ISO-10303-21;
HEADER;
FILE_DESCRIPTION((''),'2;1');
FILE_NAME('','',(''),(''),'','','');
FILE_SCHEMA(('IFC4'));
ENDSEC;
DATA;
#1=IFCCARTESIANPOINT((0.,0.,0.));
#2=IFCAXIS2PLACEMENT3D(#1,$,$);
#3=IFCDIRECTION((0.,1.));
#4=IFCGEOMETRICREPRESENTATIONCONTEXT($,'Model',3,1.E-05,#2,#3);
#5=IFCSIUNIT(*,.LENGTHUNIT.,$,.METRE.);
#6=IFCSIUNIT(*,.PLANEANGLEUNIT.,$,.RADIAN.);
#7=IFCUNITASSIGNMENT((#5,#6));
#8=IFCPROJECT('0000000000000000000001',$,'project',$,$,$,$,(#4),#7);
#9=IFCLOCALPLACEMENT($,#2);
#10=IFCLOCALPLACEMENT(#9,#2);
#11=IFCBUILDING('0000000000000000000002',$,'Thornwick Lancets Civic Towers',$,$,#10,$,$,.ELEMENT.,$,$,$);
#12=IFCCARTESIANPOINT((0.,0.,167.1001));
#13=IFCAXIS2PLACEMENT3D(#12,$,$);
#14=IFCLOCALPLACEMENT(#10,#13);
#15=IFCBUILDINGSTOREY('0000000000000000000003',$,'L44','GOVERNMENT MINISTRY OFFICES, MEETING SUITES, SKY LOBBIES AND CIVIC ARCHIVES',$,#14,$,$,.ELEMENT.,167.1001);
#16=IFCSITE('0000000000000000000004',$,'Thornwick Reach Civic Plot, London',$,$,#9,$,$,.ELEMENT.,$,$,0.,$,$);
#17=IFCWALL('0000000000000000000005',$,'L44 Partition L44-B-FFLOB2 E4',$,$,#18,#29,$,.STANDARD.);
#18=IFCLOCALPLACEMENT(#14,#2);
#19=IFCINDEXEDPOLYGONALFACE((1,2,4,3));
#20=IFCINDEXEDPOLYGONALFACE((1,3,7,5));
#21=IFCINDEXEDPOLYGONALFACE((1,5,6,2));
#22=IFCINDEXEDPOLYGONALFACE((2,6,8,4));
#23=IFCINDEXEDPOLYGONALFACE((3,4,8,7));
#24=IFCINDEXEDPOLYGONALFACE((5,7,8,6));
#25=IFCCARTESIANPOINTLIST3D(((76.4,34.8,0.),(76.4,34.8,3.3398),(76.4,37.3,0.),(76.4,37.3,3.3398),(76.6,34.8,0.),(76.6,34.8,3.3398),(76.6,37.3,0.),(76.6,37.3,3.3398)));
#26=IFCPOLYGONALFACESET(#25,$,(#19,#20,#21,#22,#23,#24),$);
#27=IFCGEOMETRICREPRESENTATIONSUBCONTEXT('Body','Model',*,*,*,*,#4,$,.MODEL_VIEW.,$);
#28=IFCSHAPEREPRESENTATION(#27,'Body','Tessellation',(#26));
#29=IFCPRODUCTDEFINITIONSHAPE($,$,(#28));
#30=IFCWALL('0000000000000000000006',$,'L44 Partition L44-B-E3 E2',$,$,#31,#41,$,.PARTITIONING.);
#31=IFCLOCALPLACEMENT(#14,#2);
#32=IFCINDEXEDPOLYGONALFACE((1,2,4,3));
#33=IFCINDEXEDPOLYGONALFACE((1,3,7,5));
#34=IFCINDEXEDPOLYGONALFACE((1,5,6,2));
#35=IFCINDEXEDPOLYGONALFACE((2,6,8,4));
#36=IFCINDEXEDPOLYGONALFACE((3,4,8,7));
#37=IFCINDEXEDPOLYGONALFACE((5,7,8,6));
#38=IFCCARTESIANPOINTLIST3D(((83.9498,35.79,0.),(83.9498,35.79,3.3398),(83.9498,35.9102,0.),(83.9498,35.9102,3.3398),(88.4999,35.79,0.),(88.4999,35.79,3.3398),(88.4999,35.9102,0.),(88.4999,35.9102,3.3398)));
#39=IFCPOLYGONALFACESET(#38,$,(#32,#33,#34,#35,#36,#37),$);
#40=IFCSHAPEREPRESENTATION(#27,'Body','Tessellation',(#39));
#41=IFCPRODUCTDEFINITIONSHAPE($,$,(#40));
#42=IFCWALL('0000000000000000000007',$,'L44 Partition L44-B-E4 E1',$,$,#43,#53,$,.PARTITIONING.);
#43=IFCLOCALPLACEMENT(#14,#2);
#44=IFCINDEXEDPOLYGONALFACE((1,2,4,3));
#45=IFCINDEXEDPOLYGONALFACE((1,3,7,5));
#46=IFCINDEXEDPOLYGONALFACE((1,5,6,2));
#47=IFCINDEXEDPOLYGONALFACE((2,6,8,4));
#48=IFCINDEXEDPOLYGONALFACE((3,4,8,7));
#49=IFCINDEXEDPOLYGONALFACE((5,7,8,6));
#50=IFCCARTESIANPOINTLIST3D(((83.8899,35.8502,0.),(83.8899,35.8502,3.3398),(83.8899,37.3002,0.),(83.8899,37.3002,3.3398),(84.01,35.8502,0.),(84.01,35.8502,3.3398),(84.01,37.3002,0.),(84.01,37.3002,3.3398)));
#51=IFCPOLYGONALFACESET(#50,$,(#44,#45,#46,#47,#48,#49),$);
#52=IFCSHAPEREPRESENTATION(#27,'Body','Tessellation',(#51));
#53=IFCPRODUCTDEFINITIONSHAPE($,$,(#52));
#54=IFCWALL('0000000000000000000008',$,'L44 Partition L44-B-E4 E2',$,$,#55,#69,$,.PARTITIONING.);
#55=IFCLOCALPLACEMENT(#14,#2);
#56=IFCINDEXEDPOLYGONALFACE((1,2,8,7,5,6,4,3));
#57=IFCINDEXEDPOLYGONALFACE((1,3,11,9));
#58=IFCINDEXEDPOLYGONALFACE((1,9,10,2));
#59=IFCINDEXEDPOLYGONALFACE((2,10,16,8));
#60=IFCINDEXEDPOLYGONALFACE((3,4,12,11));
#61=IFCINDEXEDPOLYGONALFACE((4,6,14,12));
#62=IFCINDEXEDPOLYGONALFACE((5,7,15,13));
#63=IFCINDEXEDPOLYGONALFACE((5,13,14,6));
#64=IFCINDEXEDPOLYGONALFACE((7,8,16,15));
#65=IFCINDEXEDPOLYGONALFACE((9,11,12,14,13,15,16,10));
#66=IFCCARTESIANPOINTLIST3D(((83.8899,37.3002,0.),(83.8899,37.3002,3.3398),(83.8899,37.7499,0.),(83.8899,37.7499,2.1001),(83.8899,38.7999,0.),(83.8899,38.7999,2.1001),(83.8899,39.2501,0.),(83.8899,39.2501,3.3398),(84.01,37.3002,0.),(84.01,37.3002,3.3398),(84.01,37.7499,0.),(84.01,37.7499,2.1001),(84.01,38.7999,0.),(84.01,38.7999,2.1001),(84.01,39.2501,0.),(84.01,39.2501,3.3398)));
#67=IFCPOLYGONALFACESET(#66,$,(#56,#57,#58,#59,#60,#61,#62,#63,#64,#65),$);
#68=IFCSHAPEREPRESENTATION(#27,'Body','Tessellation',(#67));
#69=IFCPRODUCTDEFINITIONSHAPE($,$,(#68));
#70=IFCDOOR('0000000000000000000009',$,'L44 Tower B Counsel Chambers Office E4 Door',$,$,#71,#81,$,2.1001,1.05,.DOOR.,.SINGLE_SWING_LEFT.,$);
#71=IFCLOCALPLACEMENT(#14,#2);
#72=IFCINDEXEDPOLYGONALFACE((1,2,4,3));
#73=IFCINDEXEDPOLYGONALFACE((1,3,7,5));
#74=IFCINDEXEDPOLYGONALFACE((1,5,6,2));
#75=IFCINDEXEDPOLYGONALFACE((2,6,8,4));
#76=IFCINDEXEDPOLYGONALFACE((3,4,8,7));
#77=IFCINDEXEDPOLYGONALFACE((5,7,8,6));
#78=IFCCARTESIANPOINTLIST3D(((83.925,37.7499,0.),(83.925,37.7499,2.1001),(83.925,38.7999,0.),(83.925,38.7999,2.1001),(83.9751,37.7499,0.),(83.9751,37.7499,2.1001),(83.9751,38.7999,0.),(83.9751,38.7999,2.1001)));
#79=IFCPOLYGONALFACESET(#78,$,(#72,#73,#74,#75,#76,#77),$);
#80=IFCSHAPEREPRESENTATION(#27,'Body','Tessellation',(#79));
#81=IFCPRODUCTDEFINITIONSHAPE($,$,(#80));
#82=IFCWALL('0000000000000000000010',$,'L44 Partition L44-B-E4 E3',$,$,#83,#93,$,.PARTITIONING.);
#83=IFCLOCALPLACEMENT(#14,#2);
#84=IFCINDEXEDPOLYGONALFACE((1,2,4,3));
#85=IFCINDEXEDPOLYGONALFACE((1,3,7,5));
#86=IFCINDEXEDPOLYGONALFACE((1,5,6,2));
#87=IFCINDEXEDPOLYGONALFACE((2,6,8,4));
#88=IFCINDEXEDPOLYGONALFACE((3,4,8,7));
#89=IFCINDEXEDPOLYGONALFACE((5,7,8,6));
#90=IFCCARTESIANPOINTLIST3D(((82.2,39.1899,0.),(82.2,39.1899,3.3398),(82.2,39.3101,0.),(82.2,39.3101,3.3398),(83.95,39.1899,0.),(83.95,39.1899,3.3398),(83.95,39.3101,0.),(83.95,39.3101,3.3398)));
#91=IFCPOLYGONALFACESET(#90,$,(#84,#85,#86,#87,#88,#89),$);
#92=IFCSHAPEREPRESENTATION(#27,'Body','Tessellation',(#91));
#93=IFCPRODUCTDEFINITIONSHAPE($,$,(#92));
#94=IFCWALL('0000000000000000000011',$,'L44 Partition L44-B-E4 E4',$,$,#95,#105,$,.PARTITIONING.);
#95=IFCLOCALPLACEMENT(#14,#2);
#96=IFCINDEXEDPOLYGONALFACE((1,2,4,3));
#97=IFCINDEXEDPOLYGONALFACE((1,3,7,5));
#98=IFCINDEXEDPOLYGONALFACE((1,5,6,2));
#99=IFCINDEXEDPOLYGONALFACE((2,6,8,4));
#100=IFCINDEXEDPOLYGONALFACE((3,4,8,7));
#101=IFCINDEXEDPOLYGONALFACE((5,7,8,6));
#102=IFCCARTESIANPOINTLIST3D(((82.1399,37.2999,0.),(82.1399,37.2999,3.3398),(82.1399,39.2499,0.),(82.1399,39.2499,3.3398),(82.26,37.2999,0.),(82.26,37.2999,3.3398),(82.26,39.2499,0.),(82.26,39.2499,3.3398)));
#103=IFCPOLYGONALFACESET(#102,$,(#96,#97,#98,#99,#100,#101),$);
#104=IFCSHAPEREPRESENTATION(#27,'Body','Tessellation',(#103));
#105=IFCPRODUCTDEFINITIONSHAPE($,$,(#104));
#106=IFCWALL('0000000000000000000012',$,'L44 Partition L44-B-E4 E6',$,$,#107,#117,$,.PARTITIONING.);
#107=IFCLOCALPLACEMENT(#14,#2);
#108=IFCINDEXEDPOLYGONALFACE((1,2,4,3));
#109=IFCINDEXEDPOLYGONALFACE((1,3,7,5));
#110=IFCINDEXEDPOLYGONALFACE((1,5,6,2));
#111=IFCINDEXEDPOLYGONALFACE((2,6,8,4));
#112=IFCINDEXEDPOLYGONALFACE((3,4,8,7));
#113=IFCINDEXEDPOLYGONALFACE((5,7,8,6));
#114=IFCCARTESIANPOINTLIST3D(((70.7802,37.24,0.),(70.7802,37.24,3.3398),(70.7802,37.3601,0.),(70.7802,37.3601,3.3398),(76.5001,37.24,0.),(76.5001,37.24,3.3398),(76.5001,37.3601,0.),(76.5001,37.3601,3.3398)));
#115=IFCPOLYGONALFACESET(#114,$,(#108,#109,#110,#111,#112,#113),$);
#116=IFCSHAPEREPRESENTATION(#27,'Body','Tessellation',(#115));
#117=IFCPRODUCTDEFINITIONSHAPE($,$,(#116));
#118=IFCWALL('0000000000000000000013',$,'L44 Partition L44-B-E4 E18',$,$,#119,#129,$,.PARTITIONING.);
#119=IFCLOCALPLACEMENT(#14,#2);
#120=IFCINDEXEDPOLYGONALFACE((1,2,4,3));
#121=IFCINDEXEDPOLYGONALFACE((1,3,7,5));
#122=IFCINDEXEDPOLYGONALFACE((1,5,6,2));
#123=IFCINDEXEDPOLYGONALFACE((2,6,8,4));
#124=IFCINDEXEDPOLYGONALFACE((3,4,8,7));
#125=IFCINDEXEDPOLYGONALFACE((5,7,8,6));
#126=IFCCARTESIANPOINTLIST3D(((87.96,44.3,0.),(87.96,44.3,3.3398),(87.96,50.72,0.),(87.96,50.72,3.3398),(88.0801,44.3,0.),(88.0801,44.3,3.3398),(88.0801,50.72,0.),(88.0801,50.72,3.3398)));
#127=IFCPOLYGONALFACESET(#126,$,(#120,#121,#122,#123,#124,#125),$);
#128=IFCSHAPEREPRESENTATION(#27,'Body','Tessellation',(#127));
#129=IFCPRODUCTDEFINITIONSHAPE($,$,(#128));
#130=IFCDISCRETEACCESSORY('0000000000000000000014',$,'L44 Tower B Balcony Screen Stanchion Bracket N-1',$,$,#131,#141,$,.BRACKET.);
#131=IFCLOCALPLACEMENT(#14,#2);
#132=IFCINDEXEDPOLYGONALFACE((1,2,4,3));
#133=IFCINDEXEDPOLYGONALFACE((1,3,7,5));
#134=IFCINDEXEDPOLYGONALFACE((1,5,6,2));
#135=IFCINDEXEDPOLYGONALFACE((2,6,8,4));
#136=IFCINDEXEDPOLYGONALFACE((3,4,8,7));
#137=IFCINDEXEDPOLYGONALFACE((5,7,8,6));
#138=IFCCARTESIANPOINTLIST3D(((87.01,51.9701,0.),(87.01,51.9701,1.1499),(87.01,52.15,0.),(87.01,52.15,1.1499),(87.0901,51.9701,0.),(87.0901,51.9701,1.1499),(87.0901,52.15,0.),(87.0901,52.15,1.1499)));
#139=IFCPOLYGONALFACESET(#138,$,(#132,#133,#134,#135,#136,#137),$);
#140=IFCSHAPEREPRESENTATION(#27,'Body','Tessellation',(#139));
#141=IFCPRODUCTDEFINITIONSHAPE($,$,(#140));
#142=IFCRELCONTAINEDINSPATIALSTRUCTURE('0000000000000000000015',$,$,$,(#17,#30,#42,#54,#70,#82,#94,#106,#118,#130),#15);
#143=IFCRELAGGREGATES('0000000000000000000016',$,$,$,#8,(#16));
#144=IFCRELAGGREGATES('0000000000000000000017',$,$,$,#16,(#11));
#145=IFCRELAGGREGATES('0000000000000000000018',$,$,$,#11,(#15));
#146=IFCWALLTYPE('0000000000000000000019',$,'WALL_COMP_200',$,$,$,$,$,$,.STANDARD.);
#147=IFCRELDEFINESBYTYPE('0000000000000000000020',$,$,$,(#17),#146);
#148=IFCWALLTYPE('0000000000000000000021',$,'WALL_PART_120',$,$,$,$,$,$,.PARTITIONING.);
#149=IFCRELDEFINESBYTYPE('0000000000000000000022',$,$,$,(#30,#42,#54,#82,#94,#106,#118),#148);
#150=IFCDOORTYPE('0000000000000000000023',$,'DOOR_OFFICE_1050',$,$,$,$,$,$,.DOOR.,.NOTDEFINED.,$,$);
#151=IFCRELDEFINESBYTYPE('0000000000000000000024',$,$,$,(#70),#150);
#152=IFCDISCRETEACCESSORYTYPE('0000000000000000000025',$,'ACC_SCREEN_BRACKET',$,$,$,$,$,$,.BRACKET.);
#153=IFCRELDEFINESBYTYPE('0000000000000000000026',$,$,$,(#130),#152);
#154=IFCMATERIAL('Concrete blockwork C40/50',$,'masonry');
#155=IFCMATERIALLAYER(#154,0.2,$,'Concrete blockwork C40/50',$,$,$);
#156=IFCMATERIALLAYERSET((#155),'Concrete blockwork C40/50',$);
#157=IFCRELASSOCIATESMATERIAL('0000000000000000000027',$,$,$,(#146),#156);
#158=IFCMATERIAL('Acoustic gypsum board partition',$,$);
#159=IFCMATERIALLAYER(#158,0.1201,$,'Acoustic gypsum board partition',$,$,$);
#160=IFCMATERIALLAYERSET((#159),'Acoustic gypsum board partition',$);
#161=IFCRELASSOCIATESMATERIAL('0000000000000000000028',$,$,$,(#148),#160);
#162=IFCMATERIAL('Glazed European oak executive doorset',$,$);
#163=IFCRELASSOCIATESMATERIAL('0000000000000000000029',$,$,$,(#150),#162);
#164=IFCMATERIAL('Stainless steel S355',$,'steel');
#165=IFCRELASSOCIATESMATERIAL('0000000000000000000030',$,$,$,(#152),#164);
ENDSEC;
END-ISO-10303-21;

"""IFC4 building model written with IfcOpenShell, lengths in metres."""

from ifc_helpers import new_model, si_unit, direction, frame, frame_2d, origin, origin_2d, place, context, subcontext, project, spatial, rectangle, extrude, material, layer, layer_set, type_object, element, fill, save


model = new_model("IFC4")

# Units and contexts
model_context = context("Model", 3, precision=1e-05, world=origin(), true_north=direction((0.0, 1.0)))
body_context = subcontext(model_context, "Body", "Model", "MODEL_VIEW")
ifc_project = project(units=[si_unit("LENGTHUNIT", "METRE"), si_unit("PLANEANGLEUNIT", "RADIAN")], contexts=[model_context])

# Site, building, storey
site_placement = place(None, origin())
site = spatial("IfcSite", under=ifc_project, at=site_placement, Name="Thornwick Reach Civic Plot, London", CompositionType="ELEMENT", RefElevation=0.0)
building_placement = place(site_placement, origin())
building = spatial("IfcBuilding", under=site, at=building_placement, Name="Thornwick Lancets Civic Towers", CompositionType="ELEMENT")
storey_placement = place(building_placement, frame((0.0, 0.0, 167.1001)))
storey = spatial("IfcBuildingStorey", under=building, at=storey_placement, Name="L44", Description="GOVERNMENT MINISTRY OFFICES, MEETING SUITES, SKY LOBBIES AND CIVIC ARCHIVES", CompositionType="ELEMENT", Elevation=167.1001)

# Walls
ifc_material_1 = material(Name="Concrete blockwork C40/50", Category="masonry")
ifc_layer_1 = layer(ifc_material_1, 0.2, Name="Concrete blockwork C40/50")
ifc_layer_set_1 = layer_set([ifc_layer_1], Name="Concrete blockwork C40/50")
wall_type_1 = type_object("IfcWallType", Name="WALL_COMP_200", PredefinedType="STANDARD", material=ifc_layer_set_1)
wall_1_placement = place(storey_placement, frame((76.5, 37.3, 0.0), z_axis=(0.0, 0.0, 1.0), x_axis=(0.0, -1.0, 0.0)))
element("IfcWall", 1, at=wall_1_placement, inside=storey, type_object=wall_type_1, Name="L44 Partition L44-B-FFLOB2 E4", PredefinedType="STANDARD", context=body_context, shape_type="SweptSolid", body=[
    extrude(rectangle(XDim=2.5, YDim=0.2, at=frame_2d((1.25, 0.0))), origin(), (0.0, 0.0, 1.0), 3.3398),
])
ifc_material_2 = material(Name="Acoustic gypsum board partition")
ifc_layer_2 = layer(ifc_material_2, 0.1201, Name="Acoustic gypsum board partition")
ifc_layer_set_2 = layer_set([ifc_layer_2], Name="Acoustic gypsum board partition")
wall_type_2 = type_object("IfcWallType", Name="WALL_PART_120", PredefinedType="PARTITIONING", material=ifc_layer_set_2)
wall_2_placement = place(storey_placement, frame((83.95, 35.8501, 0.0), z_axis=(0.0, 0.0, 1.0), x_axis=(1.0, 0.0, 0.0)))
element("IfcWall", 2, at=wall_2_placement, inside=storey, type_object=wall_type_2, Name="L44 Partition L44-B-E3 E2", PredefinedType="PARTITIONING", context=body_context, shape_type="SweptSolid", body=[
    extrude(rectangle(XDim=4.55, YDim=0.1201, at=frame_2d((2.2749, 0.0))), origin(), (0.0, 0.0, 1.0), 3.3398),
])
wall_3_placement = place(storey_placement, frame((83.95, 35.8501, 0.0), z_axis=(0.0, 0.0, 1.0), x_axis=(0.0, 1.0, 0.0)))
element("IfcWall", 3, at=wall_3_placement, inside=storey, type_object=wall_type_2, Name="L44 Partition L44-B-E4 E1", PredefinedType="PARTITIONING", context=body_context, shape_type="SweptSolid", body=[
    extrude(rectangle(XDim=1.45, YDim=0.1201, at=frame_2d((0.7251, 0.0))), origin(), (0.0, 0.0, 1.0), 3.3398),
])

# Wall, opening, door
wall_4_placement = place(storey_placement, frame((83.95, 37.3, 0.0), z_axis=(0.0, 0.0, 1.0), x_axis=(0.0, 1.0, 0.0)))
wall_4 = element("IfcWall", 4, at=wall_4_placement, inside=storey, type_object=wall_type_2, Name="L44 Partition L44-B-E4 E2", PredefinedType="PARTITIONING", context=body_context, shape_type="SweptSolid", body=[
    extrude(rectangle(XDim=1.95, YDim=0.1201, at=frame_2d((0.9751, 0.0))), origin(), (0.0, 0.0, 1.0), 3.3398),
])
opening_placement = place(wall_4_placement, frame((0.45, 0.0, 0.0)))
opening = element("IfcOpeningElement", 5, at=opening_placement, cuts=wall_4, PredefinedType="OPENING", context=body_context, shape_type="SweptSolid", body=[
    extrude(rectangle(XDim=1.05, YDim=2.1001, at=frame_2d((0.5249, 1.05))), frame((0.0, 0.0701, 0.0), z_axis=(0.0, -1.0, 0.0), x_axis=(1.0, 0.0, 0.0)), (0.0, 0.0, 1.0), 0.1401),
])
ifc_material_3 = material(Name="Glazed European oak executive doorset")
door_type = type_object("IfcDoorType", Name="DOOR_OFFICE_1050", OperationType="NOTDEFINED", PredefinedType="DOOR", material=ifc_material_3)
door_placement = place(opening_placement, origin())
door = element("IfcDoor", 6, at=door_placement, inside=storey, type_object=door_type, Name="L44 Tower B Counsel Chambers Office E4 Door", OperationType="SINGLE_SWING_LEFT", OverallHeight=2.1001, OverallWidth=1.05, PredefinedType="DOOR", context=body_context, shape_type="SweptSolid", body=[
    extrude(rectangle(XDim=1.05, YDim=2.1001, at=frame_2d((0.5249, 1.05))), frame((0.0, 0.0249, 0.0), z_axis=(0.0, -1.0, 0.0), x_axis=(1.0, 0.0, 0.0)), (0.0, 0.0, 1.0), 0.05),
])
fill(opening, door)

# Walls
wall_5_placement = place(storey_placement, frame((83.95, 39.25, 0.0), z_axis=(0.0, 0.0, 1.0), x_axis=(-1.0, 0.0, 0.0)))
element("IfcWall", 7, at=wall_5_placement, inside=storey, type_object=wall_type_2, Name="L44 Partition L44-B-E4 E3", PredefinedType="PARTITIONING", context=body_context, shape_type="SweptSolid", body=[
    extrude(rectangle(XDim=1.75, YDim=0.1201, at=frame_2d((0.875, 0.0))), origin(), (0.0, 0.0, 1.0), 3.3398),
])
wall_6_placement = place(storey_placement, frame((82.2, 39.25, 0.0), z_axis=(0.0, 0.0, 1.0), x_axis=(0.0, -1.0, 0.0)))
element("IfcWall", 8, at=wall_6_placement, inside=storey, type_object=wall_type_2, Name="L44 Partition L44-B-E4 E4", PredefinedType="PARTITIONING", context=body_context, shape_type="SweptSolid", body=[
    extrude(rectangle(XDim=1.95, YDim=0.1201, at=frame_2d((0.9751, 0.0))), origin(), (0.0, 0.0, 1.0), 3.3398),
])
wall_7_placement = place(storey_placement, frame((76.5, 37.3, 0.0), z_axis=(0.0, 0.0, 1.0), x_axis=(-1.0, 0.0, 0.0)))
element("IfcWall", 9, at=wall_7_placement, inside=storey, type_object=wall_type_2, Name="L44 Partition L44-B-E4 E6", PredefinedType="PARTITIONING", context=body_context, shape_type="SweptSolid", body=[
    extrude(rectangle(XDim=5.72, YDim=0.1201, at=frame_2d((2.8599, 0.0))), origin(), (0.0, 0.0, 1.0), 3.3398),
])
wall_8_placement = place(storey_placement, frame((88.02, 50.72, 0.0), z_axis=(0.0, 0.0, 1.0), x_axis=(0.0, -1.0, 0.0)))
element("IfcWall", 10, at=wall_8_placement, inside=storey, type_object=wall_type_2, Name="L44 Partition L44-B-E4 E18", PredefinedType="PARTITIONING", context=body_context, shape_type="SweptSolid", body=[
    extrude(rectangle(XDim=6.4199, YDim=0.1201, at=frame_2d((3.21, 0.0))), origin(), (0.0, 0.0, 1.0), 3.3398),
])

# Discrete accessory
ifc_material_4 = material(Name="Stainless steel S355", Category="steel")
discrete_accessory_type = type_object("IfcDiscreteAccessoryType", Name="ACC_SCREEN_BRACKET", PredefinedType="BRACKET", material=ifc_material_4)
discrete_accessory_placement = place(storey_placement, frame((87.05, 52.0601, 0.0), z_axis=(0.0, 0.0, 1.0), x_axis=(1.0, 0.0, 0.0)))
element("IfcDiscreteAccessory", 11, at=discrete_accessory_placement, inside=storey, type_object=discrete_accessory_type, Name="L44 Tower B Balcony Screen Stanchion Bracket N-1", PredefinedType="BRACKET", context=body_context, shape_type="SweptSolid", body=[
    extrude(rectangle(XDim=0.0801, YDim=0.1799, at=origin_2d()), origin(), (0.0, 0.0, 1.0), 1.1499),
])

save(model, "model.ifc")
